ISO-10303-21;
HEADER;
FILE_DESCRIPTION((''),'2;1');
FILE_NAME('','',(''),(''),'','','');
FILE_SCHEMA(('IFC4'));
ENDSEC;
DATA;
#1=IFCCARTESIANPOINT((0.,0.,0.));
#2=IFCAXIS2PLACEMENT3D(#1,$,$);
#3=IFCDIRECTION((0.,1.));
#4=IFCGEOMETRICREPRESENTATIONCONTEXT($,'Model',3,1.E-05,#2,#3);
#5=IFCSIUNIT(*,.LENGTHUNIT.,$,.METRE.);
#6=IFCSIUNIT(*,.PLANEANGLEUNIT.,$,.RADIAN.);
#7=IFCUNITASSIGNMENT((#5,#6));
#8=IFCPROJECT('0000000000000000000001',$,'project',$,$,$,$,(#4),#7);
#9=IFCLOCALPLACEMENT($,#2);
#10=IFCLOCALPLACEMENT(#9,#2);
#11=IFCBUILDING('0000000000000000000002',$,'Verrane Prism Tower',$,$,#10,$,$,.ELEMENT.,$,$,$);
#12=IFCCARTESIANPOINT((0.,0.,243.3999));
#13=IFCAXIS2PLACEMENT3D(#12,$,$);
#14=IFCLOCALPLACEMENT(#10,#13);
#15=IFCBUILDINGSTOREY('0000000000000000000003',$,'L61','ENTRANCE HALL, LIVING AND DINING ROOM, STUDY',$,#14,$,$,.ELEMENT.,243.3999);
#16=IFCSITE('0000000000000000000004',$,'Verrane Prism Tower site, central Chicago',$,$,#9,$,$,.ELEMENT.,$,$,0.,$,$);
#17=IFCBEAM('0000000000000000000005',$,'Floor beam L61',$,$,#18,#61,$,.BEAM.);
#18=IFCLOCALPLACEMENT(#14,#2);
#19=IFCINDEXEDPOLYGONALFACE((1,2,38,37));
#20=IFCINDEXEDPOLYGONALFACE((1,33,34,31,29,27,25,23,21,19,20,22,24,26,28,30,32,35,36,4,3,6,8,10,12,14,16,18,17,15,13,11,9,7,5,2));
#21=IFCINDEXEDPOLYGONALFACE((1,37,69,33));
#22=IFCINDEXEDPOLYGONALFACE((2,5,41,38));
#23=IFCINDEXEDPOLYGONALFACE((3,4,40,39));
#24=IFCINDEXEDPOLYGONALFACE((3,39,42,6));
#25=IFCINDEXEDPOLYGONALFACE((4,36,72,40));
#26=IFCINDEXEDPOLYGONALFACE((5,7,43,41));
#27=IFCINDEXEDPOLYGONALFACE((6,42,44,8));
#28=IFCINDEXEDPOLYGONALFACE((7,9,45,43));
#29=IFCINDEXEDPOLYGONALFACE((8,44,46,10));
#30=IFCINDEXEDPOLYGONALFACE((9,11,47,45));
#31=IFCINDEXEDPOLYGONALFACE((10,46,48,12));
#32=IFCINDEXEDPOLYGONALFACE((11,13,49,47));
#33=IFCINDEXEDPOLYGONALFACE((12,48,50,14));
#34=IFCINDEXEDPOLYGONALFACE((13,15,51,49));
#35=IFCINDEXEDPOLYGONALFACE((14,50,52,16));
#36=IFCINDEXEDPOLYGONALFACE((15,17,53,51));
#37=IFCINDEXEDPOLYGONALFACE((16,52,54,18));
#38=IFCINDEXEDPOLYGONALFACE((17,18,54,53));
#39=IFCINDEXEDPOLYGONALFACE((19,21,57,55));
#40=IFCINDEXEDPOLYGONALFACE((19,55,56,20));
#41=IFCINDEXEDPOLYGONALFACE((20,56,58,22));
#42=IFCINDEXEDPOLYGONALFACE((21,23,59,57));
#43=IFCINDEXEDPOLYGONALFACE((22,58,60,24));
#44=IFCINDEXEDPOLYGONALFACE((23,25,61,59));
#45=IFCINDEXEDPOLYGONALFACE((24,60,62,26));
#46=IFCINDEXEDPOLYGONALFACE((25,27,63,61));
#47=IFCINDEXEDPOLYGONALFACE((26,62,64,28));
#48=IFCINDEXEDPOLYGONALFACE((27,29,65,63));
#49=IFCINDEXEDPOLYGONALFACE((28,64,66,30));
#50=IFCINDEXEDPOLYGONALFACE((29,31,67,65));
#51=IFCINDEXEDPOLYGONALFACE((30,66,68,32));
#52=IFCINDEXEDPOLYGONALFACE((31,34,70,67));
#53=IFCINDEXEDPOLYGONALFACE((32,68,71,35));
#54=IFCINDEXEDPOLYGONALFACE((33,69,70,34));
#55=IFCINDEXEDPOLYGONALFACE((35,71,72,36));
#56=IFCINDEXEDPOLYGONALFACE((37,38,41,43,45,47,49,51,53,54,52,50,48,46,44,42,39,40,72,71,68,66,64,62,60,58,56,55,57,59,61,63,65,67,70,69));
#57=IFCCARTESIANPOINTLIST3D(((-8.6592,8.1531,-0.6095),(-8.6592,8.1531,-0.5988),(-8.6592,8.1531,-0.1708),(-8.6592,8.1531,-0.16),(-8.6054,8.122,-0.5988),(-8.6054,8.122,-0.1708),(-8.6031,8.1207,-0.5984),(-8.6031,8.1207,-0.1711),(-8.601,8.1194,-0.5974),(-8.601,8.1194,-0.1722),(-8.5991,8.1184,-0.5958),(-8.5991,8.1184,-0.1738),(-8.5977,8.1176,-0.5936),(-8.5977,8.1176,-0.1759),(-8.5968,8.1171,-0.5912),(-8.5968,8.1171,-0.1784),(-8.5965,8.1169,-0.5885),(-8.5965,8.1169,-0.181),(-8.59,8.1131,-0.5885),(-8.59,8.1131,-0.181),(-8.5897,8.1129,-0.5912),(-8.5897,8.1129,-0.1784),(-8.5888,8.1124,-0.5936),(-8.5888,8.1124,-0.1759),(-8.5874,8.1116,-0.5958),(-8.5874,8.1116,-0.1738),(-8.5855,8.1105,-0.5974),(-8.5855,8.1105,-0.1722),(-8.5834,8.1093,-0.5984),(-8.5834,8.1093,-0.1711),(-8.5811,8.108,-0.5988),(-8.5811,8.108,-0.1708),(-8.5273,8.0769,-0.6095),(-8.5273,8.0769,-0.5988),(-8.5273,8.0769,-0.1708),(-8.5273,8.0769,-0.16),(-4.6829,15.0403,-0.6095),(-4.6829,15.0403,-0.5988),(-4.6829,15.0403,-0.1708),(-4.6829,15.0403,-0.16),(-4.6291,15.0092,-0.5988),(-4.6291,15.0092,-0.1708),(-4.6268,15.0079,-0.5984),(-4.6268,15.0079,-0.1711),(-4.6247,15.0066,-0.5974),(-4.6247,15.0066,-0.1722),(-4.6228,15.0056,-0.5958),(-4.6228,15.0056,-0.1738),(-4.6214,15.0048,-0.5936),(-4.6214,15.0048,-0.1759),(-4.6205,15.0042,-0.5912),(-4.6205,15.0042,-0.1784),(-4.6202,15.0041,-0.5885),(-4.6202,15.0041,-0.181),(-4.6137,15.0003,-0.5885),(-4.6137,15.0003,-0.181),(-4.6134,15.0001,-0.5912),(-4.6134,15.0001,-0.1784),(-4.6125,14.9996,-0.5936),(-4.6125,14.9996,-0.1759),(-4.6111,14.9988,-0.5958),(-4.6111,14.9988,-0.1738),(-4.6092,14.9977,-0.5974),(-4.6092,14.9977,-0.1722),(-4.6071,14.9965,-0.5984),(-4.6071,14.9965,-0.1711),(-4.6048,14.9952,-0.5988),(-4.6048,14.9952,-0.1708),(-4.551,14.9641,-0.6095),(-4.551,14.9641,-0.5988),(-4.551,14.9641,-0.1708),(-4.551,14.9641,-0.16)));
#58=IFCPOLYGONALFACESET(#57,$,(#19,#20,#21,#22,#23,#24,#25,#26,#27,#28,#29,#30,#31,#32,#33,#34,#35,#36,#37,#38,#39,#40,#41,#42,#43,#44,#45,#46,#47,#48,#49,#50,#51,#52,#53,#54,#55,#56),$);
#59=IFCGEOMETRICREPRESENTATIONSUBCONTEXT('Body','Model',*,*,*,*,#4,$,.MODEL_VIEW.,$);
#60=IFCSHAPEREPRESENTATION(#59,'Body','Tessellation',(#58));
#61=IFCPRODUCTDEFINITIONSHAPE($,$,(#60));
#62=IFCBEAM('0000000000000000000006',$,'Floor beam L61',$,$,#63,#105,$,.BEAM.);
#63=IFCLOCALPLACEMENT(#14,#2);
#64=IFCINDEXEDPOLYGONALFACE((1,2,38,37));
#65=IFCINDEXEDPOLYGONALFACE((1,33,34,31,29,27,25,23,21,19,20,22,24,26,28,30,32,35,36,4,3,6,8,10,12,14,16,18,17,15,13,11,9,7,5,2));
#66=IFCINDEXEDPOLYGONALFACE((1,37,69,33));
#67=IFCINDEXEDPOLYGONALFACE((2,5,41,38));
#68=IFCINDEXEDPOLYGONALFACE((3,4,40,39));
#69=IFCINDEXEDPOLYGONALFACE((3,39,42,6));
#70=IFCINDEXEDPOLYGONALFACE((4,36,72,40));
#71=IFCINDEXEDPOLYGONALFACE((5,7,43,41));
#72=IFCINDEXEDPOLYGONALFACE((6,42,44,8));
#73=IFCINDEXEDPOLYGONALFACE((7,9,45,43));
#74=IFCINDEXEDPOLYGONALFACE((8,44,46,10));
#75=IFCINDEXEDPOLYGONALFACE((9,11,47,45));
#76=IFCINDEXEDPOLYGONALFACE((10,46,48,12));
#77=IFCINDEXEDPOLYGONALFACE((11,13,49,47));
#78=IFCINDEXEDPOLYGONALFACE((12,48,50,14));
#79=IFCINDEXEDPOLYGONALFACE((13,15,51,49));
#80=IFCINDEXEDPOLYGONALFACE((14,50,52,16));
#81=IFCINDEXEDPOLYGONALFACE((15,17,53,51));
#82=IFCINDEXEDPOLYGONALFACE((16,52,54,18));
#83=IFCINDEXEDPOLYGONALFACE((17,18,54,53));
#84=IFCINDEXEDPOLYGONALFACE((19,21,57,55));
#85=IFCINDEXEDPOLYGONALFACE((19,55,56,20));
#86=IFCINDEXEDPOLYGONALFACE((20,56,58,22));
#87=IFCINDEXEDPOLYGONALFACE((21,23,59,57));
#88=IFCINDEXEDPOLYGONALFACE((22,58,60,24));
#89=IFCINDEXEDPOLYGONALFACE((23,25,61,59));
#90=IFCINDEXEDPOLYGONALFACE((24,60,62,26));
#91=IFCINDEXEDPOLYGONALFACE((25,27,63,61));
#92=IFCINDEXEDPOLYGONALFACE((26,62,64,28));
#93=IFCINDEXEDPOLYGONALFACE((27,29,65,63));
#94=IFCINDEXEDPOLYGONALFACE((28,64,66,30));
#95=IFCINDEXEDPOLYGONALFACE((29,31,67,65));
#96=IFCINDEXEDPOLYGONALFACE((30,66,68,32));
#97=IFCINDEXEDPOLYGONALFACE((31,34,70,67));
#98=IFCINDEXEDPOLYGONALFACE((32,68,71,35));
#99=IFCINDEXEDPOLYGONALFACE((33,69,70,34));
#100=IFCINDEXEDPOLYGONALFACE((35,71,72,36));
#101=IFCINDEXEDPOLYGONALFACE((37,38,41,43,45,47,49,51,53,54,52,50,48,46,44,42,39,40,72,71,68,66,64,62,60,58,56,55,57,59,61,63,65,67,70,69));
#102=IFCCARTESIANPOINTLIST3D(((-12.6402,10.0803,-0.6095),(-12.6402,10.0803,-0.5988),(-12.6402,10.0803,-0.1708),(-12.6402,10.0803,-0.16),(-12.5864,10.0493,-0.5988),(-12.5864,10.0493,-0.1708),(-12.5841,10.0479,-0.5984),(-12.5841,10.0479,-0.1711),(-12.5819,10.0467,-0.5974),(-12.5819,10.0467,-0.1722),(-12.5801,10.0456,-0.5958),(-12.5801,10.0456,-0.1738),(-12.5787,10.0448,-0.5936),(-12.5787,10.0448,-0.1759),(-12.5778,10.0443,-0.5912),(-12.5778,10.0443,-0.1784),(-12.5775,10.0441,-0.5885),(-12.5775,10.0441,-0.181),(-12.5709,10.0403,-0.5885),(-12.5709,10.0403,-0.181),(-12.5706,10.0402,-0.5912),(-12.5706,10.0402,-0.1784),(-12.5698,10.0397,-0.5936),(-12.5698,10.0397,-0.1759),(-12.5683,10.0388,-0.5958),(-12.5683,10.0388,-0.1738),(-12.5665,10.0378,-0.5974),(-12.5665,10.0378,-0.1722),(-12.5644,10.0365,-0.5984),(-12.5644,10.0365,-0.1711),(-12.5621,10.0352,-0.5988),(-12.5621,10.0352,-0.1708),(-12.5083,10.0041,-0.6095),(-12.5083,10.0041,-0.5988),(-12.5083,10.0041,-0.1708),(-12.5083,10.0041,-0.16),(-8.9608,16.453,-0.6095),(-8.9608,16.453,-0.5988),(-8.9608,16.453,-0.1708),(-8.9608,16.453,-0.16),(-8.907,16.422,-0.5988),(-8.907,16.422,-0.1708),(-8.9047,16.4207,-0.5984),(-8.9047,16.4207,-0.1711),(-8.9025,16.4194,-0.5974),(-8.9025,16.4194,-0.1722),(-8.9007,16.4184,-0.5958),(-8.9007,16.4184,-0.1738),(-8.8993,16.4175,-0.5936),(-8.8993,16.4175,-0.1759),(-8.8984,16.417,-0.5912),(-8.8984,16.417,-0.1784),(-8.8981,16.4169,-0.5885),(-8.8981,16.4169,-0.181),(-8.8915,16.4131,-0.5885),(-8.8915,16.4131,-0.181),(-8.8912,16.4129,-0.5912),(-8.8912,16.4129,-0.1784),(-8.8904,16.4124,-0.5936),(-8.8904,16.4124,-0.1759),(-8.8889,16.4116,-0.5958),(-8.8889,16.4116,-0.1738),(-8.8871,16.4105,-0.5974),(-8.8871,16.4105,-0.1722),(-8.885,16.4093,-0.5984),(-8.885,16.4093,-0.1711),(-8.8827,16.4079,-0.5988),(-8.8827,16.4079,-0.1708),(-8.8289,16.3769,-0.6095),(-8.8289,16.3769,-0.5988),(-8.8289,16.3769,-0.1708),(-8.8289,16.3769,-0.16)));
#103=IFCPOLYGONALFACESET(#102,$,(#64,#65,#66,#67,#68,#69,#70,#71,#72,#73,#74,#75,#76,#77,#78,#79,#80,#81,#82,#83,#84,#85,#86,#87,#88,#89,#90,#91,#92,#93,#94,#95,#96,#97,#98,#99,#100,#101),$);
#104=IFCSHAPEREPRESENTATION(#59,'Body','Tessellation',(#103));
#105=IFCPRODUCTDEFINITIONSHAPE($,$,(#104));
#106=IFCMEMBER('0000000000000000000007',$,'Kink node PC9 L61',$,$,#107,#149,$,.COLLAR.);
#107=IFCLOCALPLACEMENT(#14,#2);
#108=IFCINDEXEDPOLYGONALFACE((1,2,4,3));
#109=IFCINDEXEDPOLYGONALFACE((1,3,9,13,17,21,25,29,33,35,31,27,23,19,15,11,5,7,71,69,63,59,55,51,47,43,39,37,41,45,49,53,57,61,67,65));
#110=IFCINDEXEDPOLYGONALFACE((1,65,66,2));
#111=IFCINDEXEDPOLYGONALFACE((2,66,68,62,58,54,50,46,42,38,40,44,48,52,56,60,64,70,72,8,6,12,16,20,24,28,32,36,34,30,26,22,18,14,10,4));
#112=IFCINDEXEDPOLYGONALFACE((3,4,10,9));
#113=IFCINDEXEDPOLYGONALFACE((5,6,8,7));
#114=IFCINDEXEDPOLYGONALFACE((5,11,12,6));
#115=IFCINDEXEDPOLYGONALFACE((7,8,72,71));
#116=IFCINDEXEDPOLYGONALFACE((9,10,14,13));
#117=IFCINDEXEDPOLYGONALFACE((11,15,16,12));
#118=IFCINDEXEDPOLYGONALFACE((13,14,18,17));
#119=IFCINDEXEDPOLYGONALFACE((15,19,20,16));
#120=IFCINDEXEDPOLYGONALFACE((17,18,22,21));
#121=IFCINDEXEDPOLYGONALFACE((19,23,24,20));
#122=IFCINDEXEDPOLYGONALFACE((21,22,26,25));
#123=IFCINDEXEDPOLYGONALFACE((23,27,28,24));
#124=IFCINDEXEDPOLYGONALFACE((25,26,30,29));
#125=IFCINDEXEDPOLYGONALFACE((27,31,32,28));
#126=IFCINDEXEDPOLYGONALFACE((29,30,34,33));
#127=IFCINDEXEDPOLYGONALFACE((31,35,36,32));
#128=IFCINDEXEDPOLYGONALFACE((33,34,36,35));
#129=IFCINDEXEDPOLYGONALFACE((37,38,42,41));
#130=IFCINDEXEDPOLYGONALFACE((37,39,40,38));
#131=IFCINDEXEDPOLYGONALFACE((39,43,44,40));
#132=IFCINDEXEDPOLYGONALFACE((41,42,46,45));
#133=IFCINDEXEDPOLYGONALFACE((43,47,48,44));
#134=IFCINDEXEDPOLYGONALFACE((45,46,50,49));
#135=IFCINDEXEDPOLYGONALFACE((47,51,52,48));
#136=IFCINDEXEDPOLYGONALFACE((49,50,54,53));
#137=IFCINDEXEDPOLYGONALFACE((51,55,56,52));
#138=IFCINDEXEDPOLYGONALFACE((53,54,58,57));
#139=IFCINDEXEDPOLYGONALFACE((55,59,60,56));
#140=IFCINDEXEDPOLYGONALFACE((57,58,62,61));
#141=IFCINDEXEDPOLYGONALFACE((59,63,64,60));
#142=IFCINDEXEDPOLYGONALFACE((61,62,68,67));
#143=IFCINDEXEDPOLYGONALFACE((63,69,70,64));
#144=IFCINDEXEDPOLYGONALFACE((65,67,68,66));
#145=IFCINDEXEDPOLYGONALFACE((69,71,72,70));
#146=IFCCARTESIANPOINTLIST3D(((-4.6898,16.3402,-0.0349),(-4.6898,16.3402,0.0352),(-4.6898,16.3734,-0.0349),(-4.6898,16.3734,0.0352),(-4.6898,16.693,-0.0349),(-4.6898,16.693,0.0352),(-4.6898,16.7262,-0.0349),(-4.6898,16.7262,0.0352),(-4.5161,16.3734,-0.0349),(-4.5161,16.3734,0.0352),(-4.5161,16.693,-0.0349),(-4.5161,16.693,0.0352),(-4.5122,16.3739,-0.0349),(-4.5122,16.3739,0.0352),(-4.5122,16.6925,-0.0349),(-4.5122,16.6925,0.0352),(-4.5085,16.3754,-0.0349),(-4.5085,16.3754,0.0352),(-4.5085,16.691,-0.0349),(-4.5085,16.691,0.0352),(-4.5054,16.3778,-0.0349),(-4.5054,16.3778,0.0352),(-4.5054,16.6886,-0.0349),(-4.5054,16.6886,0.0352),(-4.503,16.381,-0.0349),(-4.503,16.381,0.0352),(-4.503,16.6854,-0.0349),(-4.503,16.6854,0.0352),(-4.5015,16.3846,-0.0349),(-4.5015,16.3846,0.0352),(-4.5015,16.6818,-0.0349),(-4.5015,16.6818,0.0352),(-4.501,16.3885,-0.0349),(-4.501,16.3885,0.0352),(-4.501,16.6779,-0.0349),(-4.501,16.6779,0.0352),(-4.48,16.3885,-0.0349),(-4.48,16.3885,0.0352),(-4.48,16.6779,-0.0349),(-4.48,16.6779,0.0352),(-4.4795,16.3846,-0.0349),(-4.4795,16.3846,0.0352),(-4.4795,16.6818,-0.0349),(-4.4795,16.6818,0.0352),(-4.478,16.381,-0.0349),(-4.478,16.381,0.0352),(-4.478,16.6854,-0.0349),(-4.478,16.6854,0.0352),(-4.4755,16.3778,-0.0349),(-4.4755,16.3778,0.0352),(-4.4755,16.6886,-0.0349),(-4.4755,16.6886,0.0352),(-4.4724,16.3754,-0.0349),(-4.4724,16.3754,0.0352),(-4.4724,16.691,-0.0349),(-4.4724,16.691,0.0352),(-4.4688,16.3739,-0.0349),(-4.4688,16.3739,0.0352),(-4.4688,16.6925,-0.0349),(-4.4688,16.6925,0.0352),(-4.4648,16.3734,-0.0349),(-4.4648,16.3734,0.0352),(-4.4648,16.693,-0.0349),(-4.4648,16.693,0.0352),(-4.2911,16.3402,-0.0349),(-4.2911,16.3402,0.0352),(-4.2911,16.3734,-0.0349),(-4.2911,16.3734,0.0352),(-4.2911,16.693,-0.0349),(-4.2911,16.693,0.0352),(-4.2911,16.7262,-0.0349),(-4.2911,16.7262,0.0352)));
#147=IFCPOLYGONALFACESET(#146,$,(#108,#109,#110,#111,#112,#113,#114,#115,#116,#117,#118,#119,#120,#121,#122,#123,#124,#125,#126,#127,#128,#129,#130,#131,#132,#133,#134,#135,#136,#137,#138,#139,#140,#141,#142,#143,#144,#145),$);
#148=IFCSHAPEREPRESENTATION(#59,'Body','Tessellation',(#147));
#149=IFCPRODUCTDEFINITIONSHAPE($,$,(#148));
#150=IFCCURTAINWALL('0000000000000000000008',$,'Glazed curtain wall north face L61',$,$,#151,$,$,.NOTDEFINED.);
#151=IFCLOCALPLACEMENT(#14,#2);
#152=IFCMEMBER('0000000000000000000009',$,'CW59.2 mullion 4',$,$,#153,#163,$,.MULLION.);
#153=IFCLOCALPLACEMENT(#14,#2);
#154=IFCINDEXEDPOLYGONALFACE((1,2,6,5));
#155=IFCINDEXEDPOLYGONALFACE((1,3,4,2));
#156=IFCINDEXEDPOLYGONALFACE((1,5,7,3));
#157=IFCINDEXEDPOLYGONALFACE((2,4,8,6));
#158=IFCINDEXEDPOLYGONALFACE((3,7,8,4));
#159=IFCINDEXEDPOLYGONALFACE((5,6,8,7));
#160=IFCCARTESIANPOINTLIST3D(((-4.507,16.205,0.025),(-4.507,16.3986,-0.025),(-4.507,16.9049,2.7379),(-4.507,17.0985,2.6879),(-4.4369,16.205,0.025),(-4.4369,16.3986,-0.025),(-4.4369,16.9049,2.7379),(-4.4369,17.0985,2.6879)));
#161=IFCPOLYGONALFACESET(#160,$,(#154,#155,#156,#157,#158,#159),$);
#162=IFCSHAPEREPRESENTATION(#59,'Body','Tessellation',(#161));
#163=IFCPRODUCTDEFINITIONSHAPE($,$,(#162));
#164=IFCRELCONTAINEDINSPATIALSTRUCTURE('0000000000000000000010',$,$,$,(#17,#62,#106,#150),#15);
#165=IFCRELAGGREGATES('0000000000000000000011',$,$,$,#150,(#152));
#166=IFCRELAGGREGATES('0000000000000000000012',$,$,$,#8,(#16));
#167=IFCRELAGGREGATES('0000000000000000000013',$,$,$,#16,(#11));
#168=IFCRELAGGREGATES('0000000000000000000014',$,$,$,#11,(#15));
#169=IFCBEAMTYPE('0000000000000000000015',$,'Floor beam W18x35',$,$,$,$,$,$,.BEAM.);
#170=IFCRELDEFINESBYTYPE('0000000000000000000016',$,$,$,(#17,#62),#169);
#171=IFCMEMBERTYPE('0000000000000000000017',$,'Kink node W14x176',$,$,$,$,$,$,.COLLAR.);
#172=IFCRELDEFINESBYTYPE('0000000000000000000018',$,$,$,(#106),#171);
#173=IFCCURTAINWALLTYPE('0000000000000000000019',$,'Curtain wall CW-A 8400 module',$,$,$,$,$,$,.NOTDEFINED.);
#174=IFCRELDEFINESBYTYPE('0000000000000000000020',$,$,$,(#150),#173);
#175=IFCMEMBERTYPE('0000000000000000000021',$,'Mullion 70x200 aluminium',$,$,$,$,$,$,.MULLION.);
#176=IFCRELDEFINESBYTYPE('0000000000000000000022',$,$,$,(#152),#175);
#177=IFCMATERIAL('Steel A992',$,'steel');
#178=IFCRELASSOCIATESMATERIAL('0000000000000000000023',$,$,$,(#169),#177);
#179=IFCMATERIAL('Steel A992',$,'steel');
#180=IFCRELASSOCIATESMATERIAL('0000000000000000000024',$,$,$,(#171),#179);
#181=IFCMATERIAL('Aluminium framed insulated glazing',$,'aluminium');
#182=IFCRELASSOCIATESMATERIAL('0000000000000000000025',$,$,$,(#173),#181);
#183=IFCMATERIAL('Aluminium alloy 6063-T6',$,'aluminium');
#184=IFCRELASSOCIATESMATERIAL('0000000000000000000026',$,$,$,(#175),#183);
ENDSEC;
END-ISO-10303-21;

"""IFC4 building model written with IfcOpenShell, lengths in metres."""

from ifc_helpers import new_model, si_unit, direction, frame, origin, origin_2d, place, context, subcontext, project, spatial, rectangle, i_section, extrude, material, material_profile, profile_set, type_object, element, aggregate, save


model = new_model("IFC4")

# Units and contexts
model_context = context("Model", 3, precision=1e-05, world=origin(), true_north=direction((0.0, 1.0)))
body_context = subcontext(model_context, "Body", "Model", "MODEL_VIEW")
ifc_project = project(units=[si_unit("LENGTHUNIT", "METRE"), si_unit("PLANEANGLEUNIT", "RADIAN")], contexts=[model_context])

# Site, building, storey
site_placement = place(None, origin())
site = spatial("IfcSite", under=ifc_project, at=site_placement, Name="Verrane Prism Tower site, central Chicago", CompositionType="ELEMENT", RefElevation=0.0)
building_placement = place(site_placement, origin())
building = spatial("IfcBuilding", under=site, at=building_placement, Name="Verrane Prism Tower", CompositionType="ELEMENT")
storey_placement = place(building_placement, frame((0.0, 0.0, 243.3999)))
storey = spatial("IfcBuildingStorey", under=building, at=storey_placement, Name="L61", Description="ENTRANCE HALL, LIVING AND DINING ROOM, STUDY", CompositionType="ELEMENT", Elevation=243.3999)

# Beams
ifc_material_1 = material(Name="Steel A992", Category="steel")
ifc_material_profile_1 = material_profile(ifc_material_1, i_section(OverallWidth=0.1523, OverallDepth=0.4495, WebThickness=0.0076, FlangeThickness=0.0107, FilletRadius=0.0103, at=origin_2d()), Name="W18x35")
ifc_profile_set_1 = profile_set([ifc_material_profile_1], Name="Steel A992")
beam_type_1 = type_object("IfcBeamType", Name="Floor beam W18x35", PredefinedType="BEAM", material=ifc_profile_set_1)
beam_1_placement = place(storey_placement, frame((-8.5933, 8.115, -0.3848), z_axis=(0.499999, 0.866026, 0.0), x_axis=(-0.866026, 0.499999, 0.0)))
element("IfcBeam", 1, at=beam_1_placement, inside=storey, type_object=beam_type_1, Name="Floor beam L61", PredefinedType="BEAM", context=body_context, shape_type="SweptSolid", body=[
    extrude(i_section(OverallWidth=0.1523, OverallDepth=0.4495, WebThickness=0.0076, FlangeThickness=0.0107, FilletRadius=0.0103, at=origin_2d()), origin(), (0.0, 0.0, 1.0), 7.9526),
])
beam_2_placement = place(storey_placement, frame((-12.5742, 10.0422, -0.3848), z_axis=(0.500011, 0.866019, 0.0), x_axis=(-0.866019, 0.500011, 0.0)))
element("IfcBeam", 2, at=beam_2_placement, inside=storey, type_object=beam_type_1, Name="Floor beam L61", PredefinedType="BEAM", context=body_context, shape_type="SweptSolid", body=[
    extrude(i_section(OverallWidth=0.1523, OverallDepth=0.4495, WebThickness=0.0076, FlangeThickness=0.0107, FilletRadius=0.0103, at=origin_2d()), origin(), (0.0, 0.0, 1.0), 7.3586),
])

# Member
ifc_material_2 = material(Name="Steel A992", Category="steel")
ifc_material_profile_2 = material_profile(ifc_material_2, i_section(OverallWidth=0.3987, OverallDepth=0.386, WebThickness=0.021, FlangeThickness=0.0332, FilletRadius=0.0151, at=origin_2d()), Name="W14x176")
ifc_profile_set_2 = profile_set([ifc_material_profile_2], Name="Steel A992")
member_type_1 = type_object("IfcMemberType", Name="Kink node W14x176", PredefinedType="COLLAR", material=ifc_profile_set_2)
member_1_placement = place(storey_placement, frame((-4.4905, 16.5332, -0.0349), z_axis=(0.0, 0.0, 1.0), x_axis=(1.0, 0.0, 0.0)))
element("IfcMember", 3, at=member_1_placement, inside=storey, type_object=member_type_1, Name="Kink node PC9 L61", PredefinedType="COLLAR", context=body_context, shape_type="SweptSolid", body=[
    extrude(i_section(OverallWidth=0.3987, OverallDepth=0.386, WebThickness=0.021, FlangeThickness=0.0332, FilletRadius=0.0151, at=origin_2d()), origin(), (0.0, 0.0, 1.0), 0.0701),
])

# Curtain wall, member
ifc_material_3 = material(Name="Aluminium framed insulated glazing", Category="aluminium")
curtain_wall_type = type_object("IfcCurtainWallType", Name="Curtain wall CW-A 8400 module", PredefinedType="NOTDEFINED", material=ifc_material_3)
curtain_wall_placement = place(storey_placement, origin())
curtain_wall = element("IfcCurtainWall", 4, at=curtain_wall_placement, inside=storey, type_object=curtain_wall_type, Name="Glazed curtain wall north face L61", PredefinedType="NOTDEFINED")
ifc_material_4 = material(Name="Aluminium alloy 6063-T6", Category="aluminium")
ifc_material_profile_3 = material_profile(ifc_material_4, rectangle(XDim=0.2, YDim=0.0701, at=origin_2d()), Name="Mullion 70x200 aluminium")
ifc_profile_set_3 = profile_set([ifc_material_profile_3], Name="Aluminium alloy 6063-T6")
member_type_2 = type_object("IfcMemberType", Name="Mullion 70x200 aluminium", PredefinedType="MULLION", material=ifc_profile_set_3)
member_2_placement = place(storey_placement, frame((-4.4719, 16.3018, 0.0), z_axis=(0.0, 0.249828, 0.96829), x_axis=(0.0, 0.96829, -0.249828)))
member_2 = element("IfcMember", 5, at=member_2_placement, type_object=member_type_2, Name="CW59.2 mullion 4", PredefinedType="MULLION", context=body_context, shape_type="SweptSolid", body=[
    extrude(rectangle(XDim=0.2, YDim=0.0701, at=origin_2d()), origin(), (0.0, 0.0, 1.0), 2.8018),
])

aggregate(curtain_wall, [member_2])

save(model, "model.ifc")
